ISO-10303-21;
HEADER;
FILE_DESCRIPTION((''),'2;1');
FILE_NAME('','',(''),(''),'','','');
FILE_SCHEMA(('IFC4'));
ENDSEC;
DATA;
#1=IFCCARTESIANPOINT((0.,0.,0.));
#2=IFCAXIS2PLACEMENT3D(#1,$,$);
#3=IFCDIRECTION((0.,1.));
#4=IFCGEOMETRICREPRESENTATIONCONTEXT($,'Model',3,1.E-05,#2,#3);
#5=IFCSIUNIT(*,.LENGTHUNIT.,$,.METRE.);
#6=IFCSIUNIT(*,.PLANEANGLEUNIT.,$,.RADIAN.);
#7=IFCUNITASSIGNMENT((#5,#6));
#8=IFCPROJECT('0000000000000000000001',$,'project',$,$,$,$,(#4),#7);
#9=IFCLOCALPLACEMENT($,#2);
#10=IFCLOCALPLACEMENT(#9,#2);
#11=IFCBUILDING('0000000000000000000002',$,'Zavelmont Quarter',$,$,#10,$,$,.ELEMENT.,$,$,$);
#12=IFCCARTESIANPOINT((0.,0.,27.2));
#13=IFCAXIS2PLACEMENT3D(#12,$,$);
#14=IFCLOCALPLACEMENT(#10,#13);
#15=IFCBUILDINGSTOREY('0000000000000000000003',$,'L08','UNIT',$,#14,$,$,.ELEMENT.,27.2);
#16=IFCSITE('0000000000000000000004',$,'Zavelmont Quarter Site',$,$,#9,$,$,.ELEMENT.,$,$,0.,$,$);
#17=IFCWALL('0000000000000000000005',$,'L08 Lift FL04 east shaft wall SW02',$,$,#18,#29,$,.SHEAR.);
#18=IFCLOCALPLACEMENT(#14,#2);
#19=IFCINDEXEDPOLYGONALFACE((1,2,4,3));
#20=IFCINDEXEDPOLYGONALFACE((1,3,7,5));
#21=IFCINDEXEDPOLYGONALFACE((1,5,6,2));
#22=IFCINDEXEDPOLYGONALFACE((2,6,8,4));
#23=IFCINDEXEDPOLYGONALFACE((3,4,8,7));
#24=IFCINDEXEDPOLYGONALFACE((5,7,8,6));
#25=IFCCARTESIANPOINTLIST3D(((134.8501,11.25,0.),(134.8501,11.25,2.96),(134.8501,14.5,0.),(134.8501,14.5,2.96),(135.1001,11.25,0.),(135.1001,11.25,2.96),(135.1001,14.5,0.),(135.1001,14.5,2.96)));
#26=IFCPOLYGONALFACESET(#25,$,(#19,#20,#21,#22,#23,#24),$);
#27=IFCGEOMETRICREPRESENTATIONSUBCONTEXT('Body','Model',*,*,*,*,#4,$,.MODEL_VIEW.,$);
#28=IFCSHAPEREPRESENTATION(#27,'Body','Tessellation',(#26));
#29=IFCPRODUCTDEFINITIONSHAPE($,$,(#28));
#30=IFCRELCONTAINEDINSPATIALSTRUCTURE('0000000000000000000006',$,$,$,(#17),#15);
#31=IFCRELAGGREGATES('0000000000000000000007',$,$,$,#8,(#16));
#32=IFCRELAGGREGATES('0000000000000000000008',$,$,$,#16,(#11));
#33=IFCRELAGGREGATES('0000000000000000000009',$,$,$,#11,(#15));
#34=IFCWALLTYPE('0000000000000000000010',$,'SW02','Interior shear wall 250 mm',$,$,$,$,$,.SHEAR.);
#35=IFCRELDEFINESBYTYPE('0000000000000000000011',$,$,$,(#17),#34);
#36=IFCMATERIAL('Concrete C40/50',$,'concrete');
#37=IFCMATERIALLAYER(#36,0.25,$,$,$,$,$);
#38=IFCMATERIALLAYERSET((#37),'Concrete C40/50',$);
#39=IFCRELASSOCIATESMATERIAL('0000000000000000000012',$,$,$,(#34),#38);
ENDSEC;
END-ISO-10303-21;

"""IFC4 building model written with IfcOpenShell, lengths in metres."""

from ifc_helpers import new_model, si_unit, direction, frame, frame_2d, origin, place, context, subcontext, project, spatial, rectangle, extrude, material, layer, layer_set, type_object, element, save


model = new_model("IFC4")

# Units and contexts
model_context = context("Model", 3, precision=1e-05, world=origin(), true_north=direction((0.0, 1.0)))
body_context = subcontext(model_context, "Body", "Model", "MODEL_VIEW")
ifc_project = project(units=[si_unit("LENGTHUNIT", "METRE"), si_unit("PLANEANGLEUNIT", "RADIAN")], contexts=[model_context])

# Site, building, storey
site_placement = place(None, origin())
site = spatial("IfcSite", under=ifc_project, at=site_placement, Name="Zavelmont Quarter Site", CompositionType="ELEMENT", RefElevation=0.0)
building_placement = place(site_placement, origin())
building = spatial("IfcBuilding", under=site, at=building_placement, Name="Zavelmont Quarter", CompositionType="ELEMENT")
storey_placement = place(building_placement, frame((0.0, 0.0, 27.2)))
storey = spatial("IfcBuildingStorey", under=building, at=storey_placement, Name="L08", Description="UNIT", CompositionType="ELEMENT", Elevation=27.2)

# Shared definitions
ifc_material_1 = material(Name="Concrete C40/50", Category="concrete")

# Wall
ifc_layer_1 = layer(ifc_material_1, 0.25)
ifc_layer_set_1 = layer_set([ifc_layer_1], Name="Concrete C40/50")
wall_type_1 = type_object("IfcWallType", Name="SW02", Description="Interior shear wall 250 mm", PredefinedType="SHEAR", material=ifc_layer_set_1)
wall_1_placement = place(storey_placement, frame((134.9751, 11.25, 0.0), z_axis=(0.0, 0.0, 1.0), x_axis=(0.0, 1.0, 0.0)))
element("IfcWall", 1, at=wall_1_placement, inside=storey, type_object=wall_type_1, Name="L08 Lift FL04 east shaft wall SW02", PredefinedType="SHEAR", context=body_context, shape_type="SweptSolid", body=[
    extrude(rectangle(XDim=3.25, YDim=0.25, at=frame_2d((1.625, 0.0))), origin(), (0.0, 0.0, 1.0), 2.96),
])

save(model, "model.ifc")
